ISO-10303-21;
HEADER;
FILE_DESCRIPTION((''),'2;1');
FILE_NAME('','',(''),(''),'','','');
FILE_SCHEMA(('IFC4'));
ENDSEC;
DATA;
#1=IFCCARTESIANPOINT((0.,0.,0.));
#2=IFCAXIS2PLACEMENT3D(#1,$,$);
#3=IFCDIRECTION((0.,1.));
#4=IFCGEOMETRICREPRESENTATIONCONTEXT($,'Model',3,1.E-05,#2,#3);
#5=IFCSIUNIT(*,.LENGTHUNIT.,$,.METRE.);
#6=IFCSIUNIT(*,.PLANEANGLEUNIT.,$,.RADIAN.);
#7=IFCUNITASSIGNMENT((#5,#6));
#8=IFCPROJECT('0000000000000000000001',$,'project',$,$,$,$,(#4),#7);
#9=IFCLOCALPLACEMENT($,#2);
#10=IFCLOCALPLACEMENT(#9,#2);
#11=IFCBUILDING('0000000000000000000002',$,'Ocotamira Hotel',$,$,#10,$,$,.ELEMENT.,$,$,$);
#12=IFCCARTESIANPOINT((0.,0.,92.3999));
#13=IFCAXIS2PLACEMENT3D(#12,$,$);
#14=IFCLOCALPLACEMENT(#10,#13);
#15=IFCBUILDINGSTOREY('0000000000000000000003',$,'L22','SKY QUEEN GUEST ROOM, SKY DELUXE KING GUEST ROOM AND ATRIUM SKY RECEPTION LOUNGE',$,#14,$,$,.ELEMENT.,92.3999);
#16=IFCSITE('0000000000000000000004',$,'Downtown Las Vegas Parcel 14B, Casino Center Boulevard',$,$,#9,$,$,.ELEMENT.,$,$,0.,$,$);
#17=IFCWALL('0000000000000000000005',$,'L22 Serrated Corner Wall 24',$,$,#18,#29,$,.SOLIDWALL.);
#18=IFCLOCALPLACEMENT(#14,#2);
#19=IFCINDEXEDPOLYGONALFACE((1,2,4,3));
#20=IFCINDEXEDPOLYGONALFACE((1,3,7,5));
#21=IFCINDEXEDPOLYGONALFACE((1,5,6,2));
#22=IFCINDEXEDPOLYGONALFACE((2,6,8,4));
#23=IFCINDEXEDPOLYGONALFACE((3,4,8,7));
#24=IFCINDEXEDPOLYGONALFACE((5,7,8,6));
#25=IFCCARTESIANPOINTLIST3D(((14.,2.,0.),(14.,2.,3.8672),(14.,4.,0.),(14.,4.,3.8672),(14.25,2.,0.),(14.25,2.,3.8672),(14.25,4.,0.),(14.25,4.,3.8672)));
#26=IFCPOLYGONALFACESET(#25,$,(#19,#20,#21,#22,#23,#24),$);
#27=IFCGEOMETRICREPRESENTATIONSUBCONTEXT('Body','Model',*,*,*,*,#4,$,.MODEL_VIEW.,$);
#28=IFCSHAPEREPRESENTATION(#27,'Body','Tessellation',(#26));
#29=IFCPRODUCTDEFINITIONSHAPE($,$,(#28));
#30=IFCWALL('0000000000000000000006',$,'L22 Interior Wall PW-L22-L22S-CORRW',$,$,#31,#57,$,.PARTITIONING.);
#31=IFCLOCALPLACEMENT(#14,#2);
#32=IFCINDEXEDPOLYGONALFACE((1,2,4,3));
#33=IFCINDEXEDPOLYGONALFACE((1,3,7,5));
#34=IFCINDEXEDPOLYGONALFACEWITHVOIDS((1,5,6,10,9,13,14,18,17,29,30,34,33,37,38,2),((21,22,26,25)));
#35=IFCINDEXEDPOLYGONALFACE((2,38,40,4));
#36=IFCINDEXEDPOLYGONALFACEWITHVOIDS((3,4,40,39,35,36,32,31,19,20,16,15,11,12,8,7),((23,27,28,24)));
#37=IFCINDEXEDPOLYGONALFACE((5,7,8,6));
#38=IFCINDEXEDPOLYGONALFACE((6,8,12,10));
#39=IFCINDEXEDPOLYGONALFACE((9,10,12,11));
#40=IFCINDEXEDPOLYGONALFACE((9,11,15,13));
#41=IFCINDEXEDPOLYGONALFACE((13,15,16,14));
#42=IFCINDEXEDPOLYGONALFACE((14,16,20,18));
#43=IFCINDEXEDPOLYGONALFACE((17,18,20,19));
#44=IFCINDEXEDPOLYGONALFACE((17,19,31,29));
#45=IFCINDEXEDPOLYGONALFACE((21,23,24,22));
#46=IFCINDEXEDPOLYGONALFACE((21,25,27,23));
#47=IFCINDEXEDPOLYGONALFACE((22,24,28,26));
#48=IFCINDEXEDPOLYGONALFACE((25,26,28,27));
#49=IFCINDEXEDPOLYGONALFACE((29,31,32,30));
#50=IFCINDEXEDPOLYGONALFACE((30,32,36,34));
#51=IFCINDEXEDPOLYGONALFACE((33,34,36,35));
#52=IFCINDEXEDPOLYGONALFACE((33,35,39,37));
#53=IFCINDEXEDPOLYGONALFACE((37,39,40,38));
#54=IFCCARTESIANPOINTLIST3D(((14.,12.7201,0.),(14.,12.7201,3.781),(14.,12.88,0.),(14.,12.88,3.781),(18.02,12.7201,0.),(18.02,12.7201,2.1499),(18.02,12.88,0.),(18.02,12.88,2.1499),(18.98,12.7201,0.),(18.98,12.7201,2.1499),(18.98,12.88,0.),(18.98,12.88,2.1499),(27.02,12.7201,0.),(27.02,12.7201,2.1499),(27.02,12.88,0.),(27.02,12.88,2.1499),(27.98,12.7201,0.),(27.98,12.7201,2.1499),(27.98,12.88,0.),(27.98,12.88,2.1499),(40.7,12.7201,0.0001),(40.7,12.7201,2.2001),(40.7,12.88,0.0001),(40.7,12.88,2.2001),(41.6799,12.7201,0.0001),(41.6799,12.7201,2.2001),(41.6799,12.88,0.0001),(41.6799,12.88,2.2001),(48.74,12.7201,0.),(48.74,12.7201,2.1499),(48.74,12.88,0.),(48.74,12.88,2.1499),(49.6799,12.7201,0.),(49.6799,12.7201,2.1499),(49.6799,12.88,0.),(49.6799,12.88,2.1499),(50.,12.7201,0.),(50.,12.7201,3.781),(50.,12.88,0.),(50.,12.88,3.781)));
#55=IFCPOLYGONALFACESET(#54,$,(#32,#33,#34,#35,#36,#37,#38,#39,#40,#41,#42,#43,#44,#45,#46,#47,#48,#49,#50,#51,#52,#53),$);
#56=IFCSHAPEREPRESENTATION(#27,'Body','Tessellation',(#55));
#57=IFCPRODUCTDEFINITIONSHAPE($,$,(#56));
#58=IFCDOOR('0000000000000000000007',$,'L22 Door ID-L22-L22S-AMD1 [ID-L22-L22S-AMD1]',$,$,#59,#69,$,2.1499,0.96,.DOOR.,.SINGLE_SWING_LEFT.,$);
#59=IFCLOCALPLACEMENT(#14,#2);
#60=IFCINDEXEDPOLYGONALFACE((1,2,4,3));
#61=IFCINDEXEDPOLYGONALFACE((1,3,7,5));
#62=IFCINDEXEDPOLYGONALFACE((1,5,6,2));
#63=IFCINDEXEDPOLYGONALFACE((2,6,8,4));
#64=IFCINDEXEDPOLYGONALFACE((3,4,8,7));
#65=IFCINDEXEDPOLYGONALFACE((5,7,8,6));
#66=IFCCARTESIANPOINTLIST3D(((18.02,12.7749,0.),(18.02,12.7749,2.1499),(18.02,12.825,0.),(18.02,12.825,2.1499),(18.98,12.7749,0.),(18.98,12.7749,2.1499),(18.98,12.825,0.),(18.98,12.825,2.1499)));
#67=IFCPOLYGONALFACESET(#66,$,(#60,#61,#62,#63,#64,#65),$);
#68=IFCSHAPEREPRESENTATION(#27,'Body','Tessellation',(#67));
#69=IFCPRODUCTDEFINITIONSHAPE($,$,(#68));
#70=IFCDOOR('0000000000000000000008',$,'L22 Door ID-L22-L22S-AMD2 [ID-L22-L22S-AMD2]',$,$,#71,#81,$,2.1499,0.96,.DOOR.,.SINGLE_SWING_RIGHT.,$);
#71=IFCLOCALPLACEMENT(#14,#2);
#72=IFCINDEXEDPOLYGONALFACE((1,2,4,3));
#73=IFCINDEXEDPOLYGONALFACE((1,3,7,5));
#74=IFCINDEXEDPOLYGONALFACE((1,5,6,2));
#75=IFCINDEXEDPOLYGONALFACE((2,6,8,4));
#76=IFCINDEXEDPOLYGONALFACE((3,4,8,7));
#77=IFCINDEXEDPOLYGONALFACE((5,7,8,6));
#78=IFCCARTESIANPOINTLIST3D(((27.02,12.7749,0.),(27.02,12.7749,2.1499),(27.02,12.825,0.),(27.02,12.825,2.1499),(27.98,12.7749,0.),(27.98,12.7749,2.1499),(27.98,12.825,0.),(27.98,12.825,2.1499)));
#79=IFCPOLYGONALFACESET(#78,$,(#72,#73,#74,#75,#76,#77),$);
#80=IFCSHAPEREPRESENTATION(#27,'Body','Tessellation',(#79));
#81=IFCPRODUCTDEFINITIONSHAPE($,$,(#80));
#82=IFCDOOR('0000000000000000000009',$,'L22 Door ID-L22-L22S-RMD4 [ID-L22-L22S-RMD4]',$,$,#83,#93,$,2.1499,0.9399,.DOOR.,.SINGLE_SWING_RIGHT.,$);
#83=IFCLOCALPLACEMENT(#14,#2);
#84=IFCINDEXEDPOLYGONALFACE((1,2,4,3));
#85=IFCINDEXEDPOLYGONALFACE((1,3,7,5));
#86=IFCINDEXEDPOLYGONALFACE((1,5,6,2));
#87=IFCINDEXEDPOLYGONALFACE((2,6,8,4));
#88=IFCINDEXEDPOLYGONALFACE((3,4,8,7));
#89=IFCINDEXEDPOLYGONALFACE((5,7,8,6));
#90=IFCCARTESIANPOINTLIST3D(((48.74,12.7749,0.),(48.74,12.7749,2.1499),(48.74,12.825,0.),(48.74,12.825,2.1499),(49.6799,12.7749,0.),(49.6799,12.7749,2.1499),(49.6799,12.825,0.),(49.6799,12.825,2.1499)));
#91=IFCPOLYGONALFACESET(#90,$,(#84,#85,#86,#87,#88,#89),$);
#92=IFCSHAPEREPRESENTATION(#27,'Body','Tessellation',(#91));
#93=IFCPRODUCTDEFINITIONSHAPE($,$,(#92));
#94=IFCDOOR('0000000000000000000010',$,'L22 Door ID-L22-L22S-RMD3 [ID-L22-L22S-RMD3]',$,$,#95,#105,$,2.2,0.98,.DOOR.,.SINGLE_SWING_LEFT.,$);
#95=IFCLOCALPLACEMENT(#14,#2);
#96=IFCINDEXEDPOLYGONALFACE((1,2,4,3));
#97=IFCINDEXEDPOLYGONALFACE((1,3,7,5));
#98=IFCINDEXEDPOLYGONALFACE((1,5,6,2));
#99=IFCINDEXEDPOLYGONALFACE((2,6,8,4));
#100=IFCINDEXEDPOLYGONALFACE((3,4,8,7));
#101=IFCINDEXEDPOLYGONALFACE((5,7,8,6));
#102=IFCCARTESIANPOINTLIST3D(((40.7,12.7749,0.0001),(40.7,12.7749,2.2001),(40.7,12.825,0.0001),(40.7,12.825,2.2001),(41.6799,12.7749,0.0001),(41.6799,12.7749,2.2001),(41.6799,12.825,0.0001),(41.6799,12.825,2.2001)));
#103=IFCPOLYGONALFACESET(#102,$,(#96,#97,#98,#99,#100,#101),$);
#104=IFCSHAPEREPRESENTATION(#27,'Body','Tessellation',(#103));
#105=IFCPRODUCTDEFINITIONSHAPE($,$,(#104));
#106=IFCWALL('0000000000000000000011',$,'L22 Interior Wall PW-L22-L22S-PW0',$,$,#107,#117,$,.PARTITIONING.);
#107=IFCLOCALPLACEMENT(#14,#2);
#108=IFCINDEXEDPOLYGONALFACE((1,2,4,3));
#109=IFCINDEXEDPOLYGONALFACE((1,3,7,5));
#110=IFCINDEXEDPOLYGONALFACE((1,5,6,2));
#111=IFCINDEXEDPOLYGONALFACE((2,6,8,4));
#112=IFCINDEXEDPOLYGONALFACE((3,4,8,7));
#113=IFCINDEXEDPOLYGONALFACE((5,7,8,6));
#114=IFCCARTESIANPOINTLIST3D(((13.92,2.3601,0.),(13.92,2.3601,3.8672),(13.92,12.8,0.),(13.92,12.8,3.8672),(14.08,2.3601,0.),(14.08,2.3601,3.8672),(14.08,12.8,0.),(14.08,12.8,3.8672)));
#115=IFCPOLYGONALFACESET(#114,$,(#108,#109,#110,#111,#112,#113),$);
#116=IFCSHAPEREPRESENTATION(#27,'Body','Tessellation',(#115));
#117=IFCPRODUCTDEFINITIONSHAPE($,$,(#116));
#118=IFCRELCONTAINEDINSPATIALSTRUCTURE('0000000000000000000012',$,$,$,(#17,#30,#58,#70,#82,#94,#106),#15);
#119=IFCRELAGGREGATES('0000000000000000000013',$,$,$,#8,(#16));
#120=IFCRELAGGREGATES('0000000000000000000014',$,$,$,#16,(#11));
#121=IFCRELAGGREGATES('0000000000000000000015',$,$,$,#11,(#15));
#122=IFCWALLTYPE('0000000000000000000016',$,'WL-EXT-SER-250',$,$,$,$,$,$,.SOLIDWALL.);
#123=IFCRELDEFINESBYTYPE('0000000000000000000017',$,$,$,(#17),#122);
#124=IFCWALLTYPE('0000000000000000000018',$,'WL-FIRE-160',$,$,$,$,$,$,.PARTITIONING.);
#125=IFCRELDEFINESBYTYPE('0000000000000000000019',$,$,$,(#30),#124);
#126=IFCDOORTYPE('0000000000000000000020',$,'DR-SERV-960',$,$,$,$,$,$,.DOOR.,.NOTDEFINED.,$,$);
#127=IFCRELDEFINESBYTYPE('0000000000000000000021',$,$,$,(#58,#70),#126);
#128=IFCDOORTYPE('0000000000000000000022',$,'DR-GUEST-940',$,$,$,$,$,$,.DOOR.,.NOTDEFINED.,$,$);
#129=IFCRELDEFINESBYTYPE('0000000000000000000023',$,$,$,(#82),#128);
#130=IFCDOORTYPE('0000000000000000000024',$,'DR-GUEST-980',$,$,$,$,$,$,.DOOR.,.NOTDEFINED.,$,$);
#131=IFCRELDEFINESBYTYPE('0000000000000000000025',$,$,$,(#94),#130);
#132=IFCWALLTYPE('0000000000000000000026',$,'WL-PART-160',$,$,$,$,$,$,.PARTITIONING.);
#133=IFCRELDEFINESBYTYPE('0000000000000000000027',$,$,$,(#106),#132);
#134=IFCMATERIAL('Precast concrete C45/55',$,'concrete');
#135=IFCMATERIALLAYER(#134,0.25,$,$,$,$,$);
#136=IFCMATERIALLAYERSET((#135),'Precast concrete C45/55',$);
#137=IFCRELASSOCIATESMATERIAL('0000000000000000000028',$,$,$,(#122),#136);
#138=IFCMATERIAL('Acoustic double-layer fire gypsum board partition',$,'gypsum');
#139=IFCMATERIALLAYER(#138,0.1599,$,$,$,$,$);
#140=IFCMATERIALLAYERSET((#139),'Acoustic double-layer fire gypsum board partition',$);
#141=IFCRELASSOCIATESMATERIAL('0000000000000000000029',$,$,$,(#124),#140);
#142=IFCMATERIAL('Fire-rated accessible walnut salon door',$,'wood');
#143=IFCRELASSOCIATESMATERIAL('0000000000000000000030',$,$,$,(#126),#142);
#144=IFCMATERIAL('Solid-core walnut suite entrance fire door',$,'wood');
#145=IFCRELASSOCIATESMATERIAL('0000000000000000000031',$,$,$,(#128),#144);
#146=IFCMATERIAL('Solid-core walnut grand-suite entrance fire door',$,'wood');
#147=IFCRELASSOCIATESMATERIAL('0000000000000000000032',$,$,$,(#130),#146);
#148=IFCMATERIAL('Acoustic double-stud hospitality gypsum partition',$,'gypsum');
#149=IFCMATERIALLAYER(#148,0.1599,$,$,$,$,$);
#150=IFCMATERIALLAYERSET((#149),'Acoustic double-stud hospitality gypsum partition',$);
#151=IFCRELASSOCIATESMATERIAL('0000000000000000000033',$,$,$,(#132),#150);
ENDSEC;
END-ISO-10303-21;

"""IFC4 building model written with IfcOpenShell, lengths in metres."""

from ifc_helpers import new_model, si_unit, direction, frame, frame_2d, origin, place, context, subcontext, project, spatial, rectangle, extrude, source, transform, mapped, material, layer, layer_set, type_object, element, fill, save


model = new_model("IFC4")

# Units and contexts
model_context = context("Model", 3, precision=1e-05, world=origin(), true_north=direction((0.0, 1.0)))
body_context = subcontext(model_context, "Body", "Model", "MODEL_VIEW")
ifc_project = project(units=[si_unit("LENGTHUNIT", "METRE"), si_unit("PLANEANGLEUNIT", "RADIAN")], contexts=[model_context])

# Site, building, storey
site_placement = place(None, origin())
site = spatial("IfcSite", under=ifc_project, at=site_placement, Name="Downtown Las Vegas Parcel 14B, Casino Center Boulevard", CompositionType="ELEMENT", RefElevation=0.0)
building_placement = place(site_placement, origin())
building = spatial("IfcBuilding", under=site, at=building_placement, Name="Ocotamira Hotel", CompositionType="ELEMENT")
storey_placement = place(building_placement, frame((0.0, 0.0, 92.3999)))
storey = spatial("IfcBuildingStorey", under=building, at=storey_placement, Name="L22", Description="SKY QUEEN GUEST ROOM, SKY DELUXE KING GUEST ROOM AND ATRIUM SKY RECEPTION LOUNGE", CompositionType="ELEMENT", Elevation=92.3999)

# Wall
ifc_material_1 = material(Name="Precast concrete C45/55", Category="concrete")
ifc_layer_1 = layer(ifc_material_1, 0.25)
ifc_layer_set_1 = layer_set([ifc_layer_1], Name="Precast concrete C45/55")
wall_type_1 = type_object("IfcWallType", Name="WL-EXT-SER-250", PredefinedType="SOLIDWALL", material=ifc_layer_set_1)
wall_1_placement = place(storey_placement, frame((14.125, 4.0, 0.0), z_axis=(0.0, 0.0, 1.0), x_axis=(0.0, -1.0, 0.0)))
element("IfcWall", 1, at=wall_1_placement, inside=storey, type_object=wall_type_1, Name="L22 Serrated Corner Wall 24", PredefinedType="SOLIDWALL", context=body_context, shape_type="SweptSolid", body=[
    extrude(rectangle(XDim=2.0, YDim=0.25, at=frame_2d((1.0, 0.0))), origin(), (0.0, 0.0, 1.0), 3.8672),
])

# Wall, openings, doors
ifc_material_2 = material(Name="Acoustic double-layer fire gypsum board partition", Category="gypsum")
ifc_layer_2 = layer(ifc_material_2, 0.1599)
ifc_layer_set_2 = layer_set([ifc_layer_2], Name="Acoustic double-layer fire gypsum board partition")
wall_type_2 = type_object("IfcWallType", Name="WL-FIRE-160", PredefinedType="PARTITIONING", material=ifc_layer_set_2)
wall_2_placement = place(storey_placement, frame((14.0, 12.8, 0.0), z_axis=(0.0, 0.0, 1.0), x_axis=(1.0, 0.0, 0.0)))
wall_2 = element("IfcWall", 2, at=wall_2_placement, inside=storey, type_object=wall_type_2, Name="L22 Interior Wall PW-L22-L22S-CORRW", PredefinedType="PARTITIONING", context=body_context, shape_type="SweptSolid", body=[
    extrude(rectangle(XDim=36.0, YDim=0.1599, at=frame_2d((18.0, 0.0))), origin(), (0.0, 0.0, 1.0), 3.781),
])
opening_1_placement = place(wall_2_placement, frame((4.02, 0.0, 0.0)))
opening_1 = element("IfcOpeningElement", 3, at=opening_1_placement, cuts=wall_2, PredefinedType="OPENING", context=body_context, shape_type="SweptSolid", body=[
    extrude(rectangle(XDim=0.96, YDim=2.1499, at=frame_2d((0.48, 1.075))), frame((0.0, 0.0898, 0.0), z_axis=(0.0, -1.0, 0.0), x_axis=(1.0, 0.0, 0.0)), (0.0, 0.0, 1.0), 0.1799),
])
opening_2_placement = place(wall_2_placement, frame((13.02, 0.0, 0.0)))
opening_2 = element("IfcOpeningElement", 4, at=opening_2_placement, cuts=wall_2, PredefinedType="OPENING", context=body_context, shape_type="SweptSolid", body=[
    extrude(rectangle(XDim=0.96, YDim=2.1499, at=frame_2d((0.48, 1.075))), frame((0.0, 0.0898, 0.0), z_axis=(0.0, -1.0, 0.0), x_axis=(1.0, 0.0, 0.0)), (0.0, 0.0, 1.0), 0.1799),
])
opening_3_placement = place(wall_2_placement, frame((26.7, 0.0, 0.0)))
opening_3 = element("IfcOpeningElement", 5, at=opening_3_placement, cuts=wall_2, PredefinedType="OPENING", context=body_context, shape_type="SweptSolid", body=[
    extrude(rectangle(XDim=0.98, YDim=2.2, at=frame_2d((0.49, 1.1001))), frame((0.0, 0.0898, 0.0), z_axis=(0.0, -1.0, 0.0), x_axis=(1.0, 0.0, 0.0)), (0.0, 0.0, 1.0), 0.1799),
])
opening_4_placement = place(wall_2_placement, frame((34.74, 0.0, 0.0)))
opening_4 = element("IfcOpeningElement", 6, at=opening_4_placement, cuts=wall_2, PredefinedType="OPENING", context=body_context, shape_type="SweptSolid", body=[
    extrude(rectangle(XDim=0.9399, YDim=2.1499, at=frame_2d((0.47, 1.075))), frame((0.0, 0.0898, 0.0), z_axis=(0.0, -1.0, 0.0), x_axis=(1.0, 0.0, 0.0)), (0.0, 0.0, 1.0), 0.1799),
])
ifc_material_3 = material(Name="Fire-rated accessible walnut salon door", Category="wood")
door_type_1 = type_object("IfcDoorType", Name="DR-SERV-960", OperationType="NOTDEFINED", PredefinedType="DOOR", material=ifc_material_3)
shared_shape_1 = source(origin(), body_context, "Body", "SweptSolid", [
    extrude(rectangle(XDim=0.96, YDim=2.1499, at=frame_2d((0.48, 1.075))), frame((0.0, 0.0249, 0.0), z_axis=(0.0, -1.0, 0.0), x_axis=(1.0, 0.0, 0.0)), (0.0, 0.0, 1.0), 0.05),
])
door_1_placement = place(opening_1_placement, origin())
door_1 = element("IfcDoor", 7, at=door_1_placement, inside=storey, type_object=door_type_1, Name="L22 Door ID-L22-L22S-AMD1 [ID-L22-L22S-AMD1]", OperationType="SINGLE_SWING_LEFT", OverallHeight=2.1499, OverallWidth=0.96, PredefinedType="DOOR", context=body_context, shape_type="MappedRepresentation", body=[
    mapped(shared_shape_1, transform((0.0, 0.0, 0.0), scale=1.0)),
])
fill(opening_1, door_1)
door_2_placement = place(opening_2_placement, origin())
door_2 = element("IfcDoor", 8, at=door_2_placement, inside=storey, type_object=door_type_1, Name="L22 Door ID-L22-L22S-AMD2 [ID-L22-L22S-AMD2]", OperationType="SINGLE_SWING_RIGHT", OverallHeight=2.1499, OverallWidth=0.96, PredefinedType="DOOR", context=body_context, shape_type="MappedRepresentation", body=[
    mapped(shared_shape_1, transform((0.0, 0.0, 0.0), scale=1.0)),
])
fill(opening_2, door_2)
ifc_material_4 = material(Name="Solid-core walnut suite entrance fire door", Category="wood")
door_type_2 = type_object("IfcDoorType", Name="DR-GUEST-940", OperationType="NOTDEFINED", PredefinedType="DOOR", material=ifc_material_4)
shared_shape_2 = source(origin(), body_context, "Body", "SweptSolid", [
    extrude(rectangle(XDim=0.9399, YDim=2.1499, at=frame_2d((0.47, 1.075))), frame((0.0, 0.0249, 0.0), z_axis=(0.0, -1.0, 0.0), x_axis=(1.0, 0.0, 0.0)), (0.0, 0.0, 1.0), 0.05),
])
door_3_placement = place(opening_4_placement, origin())
door_3 = element("IfcDoor", 9, at=door_3_placement, inside=storey, type_object=door_type_2, Name="L22 Door ID-L22-L22S-RMD4 [ID-L22-L22S-RMD4]", OperationType="SINGLE_SWING_RIGHT", OverallHeight=2.1499, OverallWidth=0.9399, PredefinedType="DOOR", context=body_context, shape_type="MappedRepresentation", body=[
    mapped(shared_shape_2, transform((0.0, 0.0, 0.0), scale=1.0)),
])
fill(opening_4, door_3)
ifc_material_5 = material(Name="Solid-core walnut grand-suite entrance fire door", Category="wood")
door_type_3 = type_object("IfcDoorType", Name="DR-GUEST-980", OperationType="NOTDEFINED", PredefinedType="DOOR", material=ifc_material_5)
shared_shape_3 = source(origin(), body_context, "Body", "SweptSolid", [
    extrude(rectangle(XDim=0.98, YDim=2.2, at=frame_2d((0.49, 1.1001))), frame((0.0, 0.0249, 0.0), z_axis=(0.0, -1.0, 0.0), x_axis=(1.0, 0.0, 0.0)), (0.0, 0.0, 1.0), 0.05),
])
door_4_placement = place(opening_3_placement, origin())
door_4 = element("IfcDoor", 10, at=door_4_placement, inside=storey, type_object=door_type_3, Name="L22 Door ID-L22-L22S-RMD3 [ID-L22-L22S-RMD3]", OperationType="SINGLE_SWING_LEFT", OverallHeight=2.2, OverallWidth=0.98, PredefinedType="DOOR", context=body_context, shape_type="MappedRepresentation", body=[
    mapped(shared_shape_3, transform((0.0, 0.0, 0.0), scale=1.0)),
])
fill(opening_3, door_4)

# Wall
ifc_material_6 = material(Name="Acoustic double-stud hospitality gypsum partition", Category="gypsum")
ifc_layer_3 = layer(ifc_material_6, 0.1599)
ifc_layer_set_3 = layer_set([ifc_layer_3], Name="Acoustic double-stud hospitality gypsum partition")
wall_type_3 = type_object("IfcWallType", Name="WL-PART-160", PredefinedType="PARTITIONING", material=ifc_layer_set_3)
wall_3_placement = place(storey_placement, frame((14.0, 2.3601, 0.0), z_axis=(0.0, 0.0, 1.0), x_axis=(0.0, 1.0, 0.0)))
element("IfcWall", 11, at=wall_3_placement, inside=storey, type_object=wall_type_3, Name="L22 Interior Wall PW-L22-L22S-PW0", PredefinedType="PARTITIONING", context=body_context, shape_type="SweptSolid", body=[
    extrude(rectangle(XDim=10.4399, YDim=0.1599, at=frame_2d((5.22, 0.0))), origin(), (0.0, 0.0, 1.0), 3.8672),
])

save(model, "model.ifc")
